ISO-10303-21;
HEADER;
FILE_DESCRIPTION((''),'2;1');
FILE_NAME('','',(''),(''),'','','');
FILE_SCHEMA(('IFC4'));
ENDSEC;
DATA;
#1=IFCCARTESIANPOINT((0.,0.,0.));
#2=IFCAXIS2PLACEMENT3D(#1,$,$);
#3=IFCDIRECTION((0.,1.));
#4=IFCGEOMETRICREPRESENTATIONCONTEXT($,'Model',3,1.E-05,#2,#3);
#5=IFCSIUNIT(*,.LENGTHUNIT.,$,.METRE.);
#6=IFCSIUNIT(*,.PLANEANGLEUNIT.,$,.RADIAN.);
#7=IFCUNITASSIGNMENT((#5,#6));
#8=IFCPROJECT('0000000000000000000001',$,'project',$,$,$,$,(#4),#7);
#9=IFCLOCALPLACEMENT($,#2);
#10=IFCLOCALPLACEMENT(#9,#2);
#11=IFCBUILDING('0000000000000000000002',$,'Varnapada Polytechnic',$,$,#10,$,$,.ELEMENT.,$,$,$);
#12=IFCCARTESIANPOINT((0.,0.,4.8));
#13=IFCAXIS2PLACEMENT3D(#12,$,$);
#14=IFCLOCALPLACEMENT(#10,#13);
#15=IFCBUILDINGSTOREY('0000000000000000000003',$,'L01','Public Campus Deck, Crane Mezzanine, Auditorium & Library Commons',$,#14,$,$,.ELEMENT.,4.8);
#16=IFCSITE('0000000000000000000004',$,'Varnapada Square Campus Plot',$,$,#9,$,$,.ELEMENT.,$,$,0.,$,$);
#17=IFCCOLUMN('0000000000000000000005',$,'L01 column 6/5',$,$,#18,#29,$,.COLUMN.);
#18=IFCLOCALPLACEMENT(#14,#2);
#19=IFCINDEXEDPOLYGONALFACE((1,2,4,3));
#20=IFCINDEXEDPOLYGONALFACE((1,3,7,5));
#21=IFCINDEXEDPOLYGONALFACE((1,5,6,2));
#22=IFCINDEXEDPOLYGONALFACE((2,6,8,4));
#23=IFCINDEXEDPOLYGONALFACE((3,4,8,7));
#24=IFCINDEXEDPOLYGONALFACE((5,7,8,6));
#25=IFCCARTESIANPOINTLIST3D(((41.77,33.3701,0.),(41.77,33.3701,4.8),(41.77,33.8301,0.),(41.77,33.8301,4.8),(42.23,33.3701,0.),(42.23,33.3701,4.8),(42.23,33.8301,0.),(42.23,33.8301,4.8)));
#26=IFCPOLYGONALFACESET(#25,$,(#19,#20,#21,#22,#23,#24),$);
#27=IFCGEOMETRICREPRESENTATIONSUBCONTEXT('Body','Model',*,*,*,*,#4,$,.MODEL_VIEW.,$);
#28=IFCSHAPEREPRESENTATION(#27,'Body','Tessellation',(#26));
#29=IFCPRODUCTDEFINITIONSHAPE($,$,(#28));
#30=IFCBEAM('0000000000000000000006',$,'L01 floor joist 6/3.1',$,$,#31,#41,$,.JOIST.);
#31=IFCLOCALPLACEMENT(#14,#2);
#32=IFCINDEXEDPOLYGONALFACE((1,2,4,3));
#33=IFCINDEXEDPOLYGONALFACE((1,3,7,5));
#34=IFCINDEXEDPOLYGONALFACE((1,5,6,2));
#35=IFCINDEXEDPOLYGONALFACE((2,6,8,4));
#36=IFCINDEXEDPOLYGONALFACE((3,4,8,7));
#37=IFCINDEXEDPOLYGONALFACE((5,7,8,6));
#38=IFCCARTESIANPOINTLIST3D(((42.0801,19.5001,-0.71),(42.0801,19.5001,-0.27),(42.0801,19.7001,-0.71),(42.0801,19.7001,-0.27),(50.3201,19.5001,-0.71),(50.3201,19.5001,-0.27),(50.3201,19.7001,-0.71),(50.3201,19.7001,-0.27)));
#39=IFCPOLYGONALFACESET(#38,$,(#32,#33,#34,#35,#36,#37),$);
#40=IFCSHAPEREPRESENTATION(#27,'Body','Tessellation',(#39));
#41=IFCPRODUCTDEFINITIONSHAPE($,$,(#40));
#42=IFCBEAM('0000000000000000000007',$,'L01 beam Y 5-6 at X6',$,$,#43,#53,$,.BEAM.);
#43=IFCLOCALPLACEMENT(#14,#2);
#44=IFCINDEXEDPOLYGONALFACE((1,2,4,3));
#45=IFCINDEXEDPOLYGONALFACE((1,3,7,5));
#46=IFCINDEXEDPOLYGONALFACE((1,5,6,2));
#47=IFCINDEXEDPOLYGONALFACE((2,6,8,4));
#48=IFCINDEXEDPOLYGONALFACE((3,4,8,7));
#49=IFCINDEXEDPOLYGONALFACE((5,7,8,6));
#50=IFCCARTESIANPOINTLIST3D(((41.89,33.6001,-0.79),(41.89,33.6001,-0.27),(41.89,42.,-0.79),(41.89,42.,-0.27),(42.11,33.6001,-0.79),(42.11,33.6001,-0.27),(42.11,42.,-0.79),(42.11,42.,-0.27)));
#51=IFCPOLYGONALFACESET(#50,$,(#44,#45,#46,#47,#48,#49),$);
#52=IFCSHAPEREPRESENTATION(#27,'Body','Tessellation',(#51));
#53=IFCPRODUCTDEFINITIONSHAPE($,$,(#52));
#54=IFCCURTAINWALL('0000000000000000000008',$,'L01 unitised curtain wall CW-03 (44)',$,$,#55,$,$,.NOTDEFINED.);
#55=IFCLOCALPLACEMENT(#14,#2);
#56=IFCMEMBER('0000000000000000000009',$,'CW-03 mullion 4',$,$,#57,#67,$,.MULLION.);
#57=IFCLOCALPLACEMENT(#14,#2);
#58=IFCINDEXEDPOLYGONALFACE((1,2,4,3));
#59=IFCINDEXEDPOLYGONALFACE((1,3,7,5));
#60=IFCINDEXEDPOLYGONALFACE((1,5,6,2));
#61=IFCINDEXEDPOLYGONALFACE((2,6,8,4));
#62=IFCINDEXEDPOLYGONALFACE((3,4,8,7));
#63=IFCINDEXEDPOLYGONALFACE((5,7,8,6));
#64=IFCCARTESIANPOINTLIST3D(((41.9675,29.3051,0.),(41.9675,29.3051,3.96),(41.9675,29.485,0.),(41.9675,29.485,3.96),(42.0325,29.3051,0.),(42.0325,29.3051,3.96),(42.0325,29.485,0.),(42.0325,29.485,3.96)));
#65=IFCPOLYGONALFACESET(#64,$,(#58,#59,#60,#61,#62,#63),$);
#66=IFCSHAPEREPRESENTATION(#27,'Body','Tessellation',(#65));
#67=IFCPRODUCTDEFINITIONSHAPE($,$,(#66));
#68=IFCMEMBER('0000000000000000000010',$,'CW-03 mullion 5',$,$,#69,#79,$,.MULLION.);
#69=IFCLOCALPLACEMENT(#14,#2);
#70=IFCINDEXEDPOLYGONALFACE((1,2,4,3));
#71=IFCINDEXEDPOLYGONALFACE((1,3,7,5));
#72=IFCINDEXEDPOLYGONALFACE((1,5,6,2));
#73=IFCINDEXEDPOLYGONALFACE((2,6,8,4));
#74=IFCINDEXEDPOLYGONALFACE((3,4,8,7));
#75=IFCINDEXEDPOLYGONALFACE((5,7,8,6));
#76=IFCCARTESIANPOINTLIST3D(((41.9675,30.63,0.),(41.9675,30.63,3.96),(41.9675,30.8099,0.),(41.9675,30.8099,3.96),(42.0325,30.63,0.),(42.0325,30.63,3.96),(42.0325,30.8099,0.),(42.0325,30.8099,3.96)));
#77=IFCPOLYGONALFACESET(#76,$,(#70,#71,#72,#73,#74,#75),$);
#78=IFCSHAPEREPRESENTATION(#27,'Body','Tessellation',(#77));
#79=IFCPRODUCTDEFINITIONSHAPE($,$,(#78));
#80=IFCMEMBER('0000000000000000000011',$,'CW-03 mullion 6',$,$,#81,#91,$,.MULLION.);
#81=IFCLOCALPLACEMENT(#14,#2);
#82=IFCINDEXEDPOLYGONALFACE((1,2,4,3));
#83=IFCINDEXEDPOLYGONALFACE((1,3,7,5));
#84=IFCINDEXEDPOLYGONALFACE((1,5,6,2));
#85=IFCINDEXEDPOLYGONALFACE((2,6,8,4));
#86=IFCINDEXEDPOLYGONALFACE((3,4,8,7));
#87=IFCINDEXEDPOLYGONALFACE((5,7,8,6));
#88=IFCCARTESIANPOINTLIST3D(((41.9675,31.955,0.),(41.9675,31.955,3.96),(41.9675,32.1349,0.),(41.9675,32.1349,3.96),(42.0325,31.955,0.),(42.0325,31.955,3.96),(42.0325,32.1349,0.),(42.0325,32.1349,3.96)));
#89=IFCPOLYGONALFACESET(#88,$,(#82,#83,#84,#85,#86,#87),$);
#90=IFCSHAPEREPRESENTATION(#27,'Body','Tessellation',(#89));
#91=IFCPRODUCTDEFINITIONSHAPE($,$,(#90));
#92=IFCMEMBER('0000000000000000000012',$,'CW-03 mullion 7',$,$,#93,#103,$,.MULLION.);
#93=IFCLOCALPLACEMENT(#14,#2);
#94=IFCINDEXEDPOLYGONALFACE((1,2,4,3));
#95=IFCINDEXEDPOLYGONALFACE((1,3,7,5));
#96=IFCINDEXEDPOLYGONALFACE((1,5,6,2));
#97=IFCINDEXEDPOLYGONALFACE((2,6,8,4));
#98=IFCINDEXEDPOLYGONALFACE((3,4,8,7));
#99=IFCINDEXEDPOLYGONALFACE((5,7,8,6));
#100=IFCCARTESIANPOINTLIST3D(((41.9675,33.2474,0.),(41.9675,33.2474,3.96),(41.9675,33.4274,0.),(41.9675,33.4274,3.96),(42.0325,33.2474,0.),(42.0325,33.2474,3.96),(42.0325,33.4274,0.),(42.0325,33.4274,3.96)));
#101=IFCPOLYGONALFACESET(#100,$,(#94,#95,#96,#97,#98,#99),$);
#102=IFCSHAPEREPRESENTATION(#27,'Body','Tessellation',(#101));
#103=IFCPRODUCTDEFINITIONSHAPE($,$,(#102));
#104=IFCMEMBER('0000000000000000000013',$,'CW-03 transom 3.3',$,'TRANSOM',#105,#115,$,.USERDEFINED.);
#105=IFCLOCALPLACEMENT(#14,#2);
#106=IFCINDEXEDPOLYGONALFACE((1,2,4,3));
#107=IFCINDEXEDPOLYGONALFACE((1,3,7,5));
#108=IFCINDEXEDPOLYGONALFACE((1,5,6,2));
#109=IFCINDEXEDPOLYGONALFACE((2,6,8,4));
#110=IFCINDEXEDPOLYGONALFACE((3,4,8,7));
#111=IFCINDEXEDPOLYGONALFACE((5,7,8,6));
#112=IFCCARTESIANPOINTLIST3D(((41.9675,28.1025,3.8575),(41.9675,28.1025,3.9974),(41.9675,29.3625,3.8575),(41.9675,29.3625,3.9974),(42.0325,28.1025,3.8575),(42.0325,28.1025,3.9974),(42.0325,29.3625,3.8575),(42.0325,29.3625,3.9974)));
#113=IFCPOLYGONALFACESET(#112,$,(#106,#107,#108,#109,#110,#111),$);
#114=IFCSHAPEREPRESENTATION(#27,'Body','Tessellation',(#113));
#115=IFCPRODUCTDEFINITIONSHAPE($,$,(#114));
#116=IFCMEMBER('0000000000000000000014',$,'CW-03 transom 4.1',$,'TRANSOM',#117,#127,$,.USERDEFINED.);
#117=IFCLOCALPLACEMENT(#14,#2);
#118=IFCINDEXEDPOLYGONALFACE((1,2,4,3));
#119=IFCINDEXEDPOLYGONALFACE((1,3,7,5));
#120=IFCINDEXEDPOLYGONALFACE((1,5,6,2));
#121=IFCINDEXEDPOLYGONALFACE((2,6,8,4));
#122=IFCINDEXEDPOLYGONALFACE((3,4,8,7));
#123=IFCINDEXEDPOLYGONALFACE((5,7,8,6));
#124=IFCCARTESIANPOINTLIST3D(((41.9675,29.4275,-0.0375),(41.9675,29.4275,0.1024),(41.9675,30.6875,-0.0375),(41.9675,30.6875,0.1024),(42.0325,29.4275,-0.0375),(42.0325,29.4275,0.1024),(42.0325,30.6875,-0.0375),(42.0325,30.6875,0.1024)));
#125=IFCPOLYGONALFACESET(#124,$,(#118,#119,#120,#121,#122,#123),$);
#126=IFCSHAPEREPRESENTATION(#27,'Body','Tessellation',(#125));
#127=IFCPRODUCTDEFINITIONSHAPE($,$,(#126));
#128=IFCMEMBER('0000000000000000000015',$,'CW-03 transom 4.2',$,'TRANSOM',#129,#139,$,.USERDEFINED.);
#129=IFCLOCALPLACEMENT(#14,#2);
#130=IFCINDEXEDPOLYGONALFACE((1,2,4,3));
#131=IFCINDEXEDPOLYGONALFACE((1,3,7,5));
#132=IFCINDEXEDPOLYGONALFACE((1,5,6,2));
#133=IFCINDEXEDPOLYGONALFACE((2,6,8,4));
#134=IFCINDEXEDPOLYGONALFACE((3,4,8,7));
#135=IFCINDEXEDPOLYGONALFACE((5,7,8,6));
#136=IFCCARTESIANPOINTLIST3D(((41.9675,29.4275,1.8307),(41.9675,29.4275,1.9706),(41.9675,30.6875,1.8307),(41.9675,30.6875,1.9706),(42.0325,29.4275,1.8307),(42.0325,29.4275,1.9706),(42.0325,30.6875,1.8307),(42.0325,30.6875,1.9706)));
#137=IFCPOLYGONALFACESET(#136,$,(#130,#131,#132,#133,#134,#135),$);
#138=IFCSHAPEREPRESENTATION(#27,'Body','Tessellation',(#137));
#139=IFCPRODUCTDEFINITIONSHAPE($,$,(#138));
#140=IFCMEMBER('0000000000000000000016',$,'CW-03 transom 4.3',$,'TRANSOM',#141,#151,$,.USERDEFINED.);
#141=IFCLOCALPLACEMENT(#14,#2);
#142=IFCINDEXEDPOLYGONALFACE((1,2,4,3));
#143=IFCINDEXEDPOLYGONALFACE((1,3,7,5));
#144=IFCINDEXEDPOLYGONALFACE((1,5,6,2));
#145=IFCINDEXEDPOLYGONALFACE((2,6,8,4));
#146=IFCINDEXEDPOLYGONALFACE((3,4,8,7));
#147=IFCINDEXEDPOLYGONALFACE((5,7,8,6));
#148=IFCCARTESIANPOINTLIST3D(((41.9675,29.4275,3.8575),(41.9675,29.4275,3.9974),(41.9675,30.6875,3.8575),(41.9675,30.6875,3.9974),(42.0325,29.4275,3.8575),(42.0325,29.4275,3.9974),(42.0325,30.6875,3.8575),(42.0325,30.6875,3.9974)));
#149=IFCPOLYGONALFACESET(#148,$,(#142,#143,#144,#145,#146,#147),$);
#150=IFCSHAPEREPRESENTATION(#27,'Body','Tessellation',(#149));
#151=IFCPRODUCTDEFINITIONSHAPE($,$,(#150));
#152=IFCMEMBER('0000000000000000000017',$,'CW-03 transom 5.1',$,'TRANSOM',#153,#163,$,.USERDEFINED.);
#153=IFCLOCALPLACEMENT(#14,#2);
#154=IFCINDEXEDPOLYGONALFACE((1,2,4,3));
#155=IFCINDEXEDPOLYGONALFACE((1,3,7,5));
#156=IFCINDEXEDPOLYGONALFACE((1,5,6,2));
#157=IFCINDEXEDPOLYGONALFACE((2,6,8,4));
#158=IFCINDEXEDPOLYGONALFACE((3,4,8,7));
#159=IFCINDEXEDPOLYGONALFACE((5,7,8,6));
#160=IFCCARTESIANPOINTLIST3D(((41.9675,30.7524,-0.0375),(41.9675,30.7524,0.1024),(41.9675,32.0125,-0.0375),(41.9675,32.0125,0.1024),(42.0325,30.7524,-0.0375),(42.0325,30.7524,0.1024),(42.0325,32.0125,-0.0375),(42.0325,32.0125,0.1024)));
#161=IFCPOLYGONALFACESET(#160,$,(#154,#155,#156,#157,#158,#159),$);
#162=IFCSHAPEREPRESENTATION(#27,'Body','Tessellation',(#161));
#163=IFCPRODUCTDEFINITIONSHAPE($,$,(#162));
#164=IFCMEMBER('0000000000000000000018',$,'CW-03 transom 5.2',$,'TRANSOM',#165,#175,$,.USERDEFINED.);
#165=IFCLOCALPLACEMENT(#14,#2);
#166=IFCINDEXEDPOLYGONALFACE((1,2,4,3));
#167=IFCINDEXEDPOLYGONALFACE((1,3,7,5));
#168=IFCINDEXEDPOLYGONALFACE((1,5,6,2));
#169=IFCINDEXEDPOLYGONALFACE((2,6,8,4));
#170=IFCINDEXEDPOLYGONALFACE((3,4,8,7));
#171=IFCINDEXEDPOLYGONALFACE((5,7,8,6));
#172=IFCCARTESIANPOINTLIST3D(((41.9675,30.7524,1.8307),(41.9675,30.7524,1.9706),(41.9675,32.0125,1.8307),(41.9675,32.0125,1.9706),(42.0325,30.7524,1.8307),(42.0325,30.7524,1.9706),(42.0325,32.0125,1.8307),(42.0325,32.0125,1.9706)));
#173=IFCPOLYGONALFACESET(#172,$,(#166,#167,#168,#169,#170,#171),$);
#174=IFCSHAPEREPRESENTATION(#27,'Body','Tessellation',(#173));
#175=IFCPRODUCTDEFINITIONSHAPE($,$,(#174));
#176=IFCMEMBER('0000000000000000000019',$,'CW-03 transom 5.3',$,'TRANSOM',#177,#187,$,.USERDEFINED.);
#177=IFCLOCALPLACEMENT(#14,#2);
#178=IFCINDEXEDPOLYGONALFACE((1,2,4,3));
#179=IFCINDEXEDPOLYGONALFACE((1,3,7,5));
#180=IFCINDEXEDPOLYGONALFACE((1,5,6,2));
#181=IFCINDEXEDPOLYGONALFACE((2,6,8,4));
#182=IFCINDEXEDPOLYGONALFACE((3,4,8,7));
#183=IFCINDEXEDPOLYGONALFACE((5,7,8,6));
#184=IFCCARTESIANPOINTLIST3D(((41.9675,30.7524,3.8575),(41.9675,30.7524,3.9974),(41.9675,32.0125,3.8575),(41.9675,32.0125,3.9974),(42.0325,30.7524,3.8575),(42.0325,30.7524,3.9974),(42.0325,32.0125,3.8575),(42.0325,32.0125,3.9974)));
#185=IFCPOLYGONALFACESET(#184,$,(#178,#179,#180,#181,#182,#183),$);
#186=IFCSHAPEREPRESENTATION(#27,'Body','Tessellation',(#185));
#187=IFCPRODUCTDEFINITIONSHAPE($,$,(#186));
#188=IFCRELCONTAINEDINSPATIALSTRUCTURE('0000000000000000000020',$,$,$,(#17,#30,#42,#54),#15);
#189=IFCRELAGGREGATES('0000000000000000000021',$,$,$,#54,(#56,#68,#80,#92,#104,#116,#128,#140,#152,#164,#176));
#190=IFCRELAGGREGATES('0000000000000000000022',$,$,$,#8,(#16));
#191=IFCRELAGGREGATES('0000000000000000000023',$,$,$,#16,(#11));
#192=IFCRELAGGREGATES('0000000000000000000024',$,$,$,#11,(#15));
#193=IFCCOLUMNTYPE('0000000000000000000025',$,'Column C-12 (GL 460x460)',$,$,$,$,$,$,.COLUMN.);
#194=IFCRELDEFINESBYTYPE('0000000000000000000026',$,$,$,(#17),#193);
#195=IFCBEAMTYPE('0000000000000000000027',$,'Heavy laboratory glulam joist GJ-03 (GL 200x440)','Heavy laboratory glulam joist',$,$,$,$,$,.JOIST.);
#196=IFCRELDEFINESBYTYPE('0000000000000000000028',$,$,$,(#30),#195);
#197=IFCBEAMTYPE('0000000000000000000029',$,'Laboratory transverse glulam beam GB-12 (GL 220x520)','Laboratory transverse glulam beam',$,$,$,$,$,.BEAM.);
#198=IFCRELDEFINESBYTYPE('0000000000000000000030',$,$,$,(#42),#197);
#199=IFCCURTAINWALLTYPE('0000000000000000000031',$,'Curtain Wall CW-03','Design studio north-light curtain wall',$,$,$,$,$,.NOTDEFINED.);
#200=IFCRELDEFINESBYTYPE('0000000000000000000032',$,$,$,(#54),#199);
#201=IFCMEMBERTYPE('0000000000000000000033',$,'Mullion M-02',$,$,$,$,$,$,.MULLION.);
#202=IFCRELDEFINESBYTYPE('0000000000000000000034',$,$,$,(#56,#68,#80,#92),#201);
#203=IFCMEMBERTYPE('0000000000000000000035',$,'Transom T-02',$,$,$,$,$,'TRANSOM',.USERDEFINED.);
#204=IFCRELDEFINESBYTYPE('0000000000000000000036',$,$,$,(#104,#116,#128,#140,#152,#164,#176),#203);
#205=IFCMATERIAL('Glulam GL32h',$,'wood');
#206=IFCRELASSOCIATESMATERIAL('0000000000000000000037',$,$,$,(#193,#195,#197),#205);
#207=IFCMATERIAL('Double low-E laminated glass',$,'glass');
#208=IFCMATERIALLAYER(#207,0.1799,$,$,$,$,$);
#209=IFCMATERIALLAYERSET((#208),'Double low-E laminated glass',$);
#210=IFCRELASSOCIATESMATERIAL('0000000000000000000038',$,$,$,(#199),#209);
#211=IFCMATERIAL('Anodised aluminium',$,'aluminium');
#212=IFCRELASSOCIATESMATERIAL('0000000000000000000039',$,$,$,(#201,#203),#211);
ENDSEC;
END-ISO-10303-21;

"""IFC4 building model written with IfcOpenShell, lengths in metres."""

from ifc_helpers import new_model, si_unit, direction, frame, origin, origin_2d, place, context, subcontext, project, spatial, rectangle, extrude, material, layer, layer_set, material_profile, profile_set, type_object, element, aggregate, save


model = new_model("IFC4")

# Units and contexts
model_context = context("Model", 3, precision=1e-05, world=origin(), true_north=direction((0.0, 1.0)))
body_context = subcontext(model_context, "Body", "Model", "MODEL_VIEW")
ifc_project = project(units=[si_unit("LENGTHUNIT", "METRE"), si_unit("PLANEANGLEUNIT", "RADIAN")], contexts=[model_context])

# Site, building, storey
site_placement = place(None, origin())
site = spatial("IfcSite", under=ifc_project, at=site_placement, Name="Varnapada Square Campus Plot", CompositionType="ELEMENT", RefElevation=0.0)
building_placement = place(site_placement, origin())
building = spatial("IfcBuilding", under=site, at=building_placement, Name="Varnapada Polytechnic", CompositionType="ELEMENT")
storey_placement = place(building_placement, frame((0.0, 0.0, 4.8)))
storey = spatial("IfcBuildingStorey", under=building, at=storey_placement, Name="L01", Description="Public Campus Deck, Crane Mezzanine, Auditorium & Library Commons", CompositionType="ELEMENT", Elevation=4.8)

# Column
ifc_material_1 = material(Name="Glulam GL32h", Category="wood")
ifc_material_profile_1 = material_profile(ifc_material_1, rectangle(XDim=0.46, YDim=0.46, at=origin_2d()), Name="GL 460x460")
ifc_profile_set_1 = profile_set([ifc_material_profile_1], Name="Glulam GL32h")
column_type = type_object("IfcColumnType", Name="Column C-12 (GL 460x460)", PredefinedType="COLUMN", material=ifc_profile_set_1)
column_placement = place(storey_placement, frame((42.0, 33.6001, 0.0), z_axis=(0.0, 0.0, 1.0), x_axis=(1.0, 0.0, 0.0)))
element("IfcColumn", 1, at=column_placement, inside=storey, type_object=column_type, Name="L01 column 6/5", PredefinedType="COLUMN", context=body_context, shape_type="SweptSolid", body=[
    extrude(rectangle(XDim=0.46, YDim=0.46, at=origin_2d()), origin(), (0.0, 0.0, 1.0), 4.8),
])

# Beams
ifc_material_profile_2 = material_profile(ifc_material_1, rectangle(XDim=0.2, YDim=0.4399, at=origin_2d()), Name="GL 200x440")
ifc_profile_set_2 = profile_set([ifc_material_profile_2], Name="Glulam GL32h")
beam_type_1 = type_object("IfcBeamType", Name="Heavy laboratory glulam joist GJ-03 (GL 200x440)", Description="Heavy laboratory glulam joist", PredefinedType="JOIST", material=ifc_profile_set_2)
beam_1_placement = place(storey_placement, frame((42.0801, 19.6001, -0.49), z_axis=(1.0, 0.0, 0.0), x_axis=(0.0, 1.0, 0.0)))
element("IfcBeam", 2, at=beam_1_placement, inside=storey, type_object=beam_type_1, Name="L01 floor joist 6/3.1", PredefinedType="JOIST", context=body_context, shape_type="SweptSolid", body=[
    extrude(rectangle(XDim=0.2, YDim=0.4399, at=origin_2d()), origin(), (0.0, 0.0, 1.0), 8.24),
])
ifc_material_profile_3 = material_profile(ifc_material_1, rectangle(XDim=0.22, YDim=0.52, at=origin_2d()), Name="GL 220x520")
ifc_profile_set_3 = profile_set([ifc_material_profile_3], Name="Glulam GL32h")
beam_type_2 = type_object("IfcBeamType", Name="Laboratory transverse glulam beam GB-12 (GL 220x520)", Description="Laboratory transverse glulam beam", PredefinedType="BEAM", material=ifc_profile_set_3)
beam_2_placement = place(storey_placement, frame((42.0, 33.6001, -0.53), z_axis=(0.0, 1.0, 0.0), x_axis=(-1.0, 0.0, 0.0)))
element("IfcBeam", 3, at=beam_2_placement, inside=storey, type_object=beam_type_2, Name="L01 beam Y 5-6 at X6", PredefinedType="BEAM", context=body_context, shape_type="SweptSolid", body=[
    extrude(rectangle(XDim=0.22, YDim=0.52, at=origin_2d()), origin(), (0.0, 0.0, 1.0), 8.3999),
])

# Curtain wall, members
ifc_material_2 = material(Name="Double low-E laminated glass", Category="glass")
ifc_layer_1 = layer(ifc_material_2, 0.1799)
ifc_layer_set_1 = layer_set([ifc_layer_1], Name="Double low-E laminated glass")
curtain_wall_type = type_object("IfcCurtainWallType", Name="Curtain Wall CW-03", Description="Design studio north-light curtain wall", PredefinedType="NOTDEFINED", material=ifc_layer_set_1)
curtain_wall_placement = place(storey_placement, origin())
curtain_wall = element("IfcCurtainWall", 4, at=curtain_wall_placement, inside=storey, type_object=curtain_wall_type, Name="L01 unitised curtain wall CW-03 (44)", PredefinedType="NOTDEFINED")
ifc_material_3 = material(Name="Anodised aluminium", Category="aluminium")
ifc_material_profile_4 = material_profile(ifc_material_3, rectangle(XDim=0.0649, YDim=0.1799, at=origin_2d()), Name="ALU M65x180")
ifc_profile_set_4 = profile_set([ifc_material_profile_4], Name="Anodised aluminium")
member_type_1 = type_object("IfcMemberType", Name="Mullion M-02", PredefinedType="MULLION", material=ifc_profile_set_4)
member_1_placement = place(storey_placement, frame((42.0, 29.395, 0.0), z_axis=(0.0, 0.0, 1.0), x_axis=(-1.0, 0.0, 0.0)))
member_1 = element("IfcMember", 5, at=member_1_placement, type_object=member_type_1, Name="CW-03 mullion 4", PredefinedType="MULLION", context=body_context, shape_type="SweptSolid", body=[
    extrude(rectangle(XDim=0.0649, YDim=0.1799, at=origin_2d()), origin(), (0.0, 0.0, 1.0), 3.96),
])
member_2_placement = place(storey_placement, frame((42.0, 30.72, 0.0), z_axis=(0.0, 0.0, 1.0), x_axis=(-1.0, 0.0, 0.0)))
member_2 = element("IfcMember", 6, at=member_2_placement, type_object=member_type_1, Name="CW-03 mullion 5", PredefinedType="MULLION", context=body_context, shape_type="SweptSolid", body=[
    extrude(rectangle(XDim=0.0649, YDim=0.1799, at=origin_2d()), origin(), (0.0, 0.0, 1.0), 3.96),
])
member_3_placement = place(storey_placement, frame((42.0, 32.0449, 0.0), z_axis=(0.0, 0.0, 1.0), x_axis=(-1.0, 0.0, 0.0)))
member_3 = element("IfcMember", 7, at=member_3_placement, type_object=member_type_1, Name="CW-03 mullion 6", PredefinedType="MULLION", context=body_context, shape_type="SweptSolid", body=[
    extrude(rectangle(XDim=0.0649, YDim=0.1799, at=origin_2d()), origin(), (0.0, 0.0, 1.0), 3.96),
])
member_4_placement = place(storey_placement, frame((42.0, 33.3374, 0.0), z_axis=(0.0, 0.0, 1.0), x_axis=(-1.0, 0.0, 0.0)))
member_4 = element("IfcMember", 8, at=member_4_placement, type_object=member_type_1, Name="CW-03 mullion 7", PredefinedType="MULLION", context=body_context, shape_type="SweptSolid", body=[
    extrude(rectangle(XDim=0.0649, YDim=0.1799, at=origin_2d()), origin(), (0.0, 0.0, 1.0), 3.96),
])
ifc_material_profile_5 = material_profile(ifc_material_3, rectangle(XDim=0.0649, YDim=0.1399, at=origin_2d()), Name="ALU T65x140")
ifc_profile_set_5 = profile_set([ifc_material_profile_5], Name="Anodised aluminium")
member_type_2 = type_object("IfcMemberType", Name="Transom T-02", ElementType="TRANSOM", PredefinedType="USERDEFINED", material=ifc_profile_set_5)
member_5_placement = place(storey_placement, frame((42.0, 28.1025, 3.9275), z_axis=(0.0, 1.0, 0.0), x_axis=(-1.0, 0.0, 0.0)))
member_5 = element("IfcMember", 9, at=member_5_placement, type_object=member_type_2, Name="CW-03 transom 3.3", ObjectType="TRANSOM", PredefinedType="USERDEFINED", context=body_context, shape_type="SweptSolid", body=[
    extrude(rectangle(XDim=0.0649, YDim=0.1399, at=origin_2d()), origin(), (0.0, 0.0, 1.0), 1.26),
])
member_6_placement = place(storey_placement, frame((42.0, 29.4275, 0.0325), z_axis=(0.0, 1.0, 0.0), x_axis=(-1.0, 0.0, 0.0)))
member_6 = element("IfcMember", 10, at=member_6_placement, type_object=member_type_2, Name="CW-03 transom 4.1", ObjectType="TRANSOM", PredefinedType="USERDEFINED", context=body_context, shape_type="SweptSolid", body=[
    extrude(rectangle(XDim=0.0649, YDim=0.1399, at=origin_2d()), origin(), (0.0, 0.0, 1.0), 1.26),
])
member_7_placement = place(storey_placement, frame((42.0, 29.4275, 1.9006), z_axis=(0.0, 1.0, 0.0), x_axis=(-1.0, 0.0, 0.0)))
member_7 = element("IfcMember", 11, at=member_7_placement, type_object=member_type_2, Name="CW-03 transom 4.2", ObjectType="TRANSOM", PredefinedType="USERDEFINED", context=body_context, shape_type="SweptSolid", body=[
    extrude(rectangle(XDim=0.0649, YDim=0.1399, at=origin_2d()), origin(), (0.0, 0.0, 1.0), 1.26),
])
member_8_placement = place(storey_placement, frame((42.0, 29.4275, 3.9275), z_axis=(0.0, 1.0, 0.0), x_axis=(-1.0, 0.0, 0.0)))
member_8 = element("IfcMember", 12, at=member_8_placement, type_object=member_type_2, Name="CW-03 transom 4.3", ObjectType="TRANSOM", PredefinedType="USERDEFINED", context=body_context, shape_type="SweptSolid", body=[
    extrude(rectangle(XDim=0.0649, YDim=0.1399, at=origin_2d()), origin(), (0.0, 0.0, 1.0), 1.26),
])
member_9_placement = place(storey_placement, frame((42.0, 30.7524, 0.0325), z_axis=(0.0, 1.0, 0.0), x_axis=(-1.0, 0.0, 0.0)))
member_9 = element("IfcMember", 13, at=member_9_placement, type_object=member_type_2, Name="CW-03 transom 5.1", ObjectType="TRANSOM", PredefinedType="USERDEFINED", context=body_context, shape_type="SweptSolid", body=[
    extrude(rectangle(XDim=0.0649, YDim=0.1399, at=origin_2d()), origin(), (0.0, 0.0, 1.0), 1.26),
])
member_10_placement = place(storey_placement, frame((42.0, 30.7524, 1.9006), z_axis=(0.0, 1.0, 0.0), x_axis=(-1.0, 0.0, 0.0)))
member_10 = element("IfcMember", 14, at=member_10_placement, type_object=member_type_2, Name="CW-03 transom 5.2", ObjectType="TRANSOM", PredefinedType="USERDEFINED", context=body_context, shape_type="SweptSolid", body=[
    extrude(rectangle(XDim=0.0649, YDim=0.1399, at=origin_2d()), origin(), (0.0, 0.0, 1.0), 1.26),
])
member_11_placement = place(storey_placement, frame((42.0, 30.7524, 3.9275), z_axis=(0.0, 1.0, 0.0), x_axis=(-1.0, 0.0, 0.0)))
member_11 = element("IfcMember", 15, at=member_11_placement, type_object=member_type_2, Name="CW-03 transom 5.3", ObjectType="TRANSOM", PredefinedType="USERDEFINED", context=body_context, shape_type="SweptSolid", body=[
    extrude(rectangle(XDim=0.0649, YDim=0.1399, at=origin_2d()), origin(), (0.0, 0.0, 1.0), 1.26),
])

aggregate(curtain_wall, [member_1, member_2, member_3, member_4, member_5, member_6, member_7, member_8, member_9, member_10, member_11])

save(model, "model.ifc")
